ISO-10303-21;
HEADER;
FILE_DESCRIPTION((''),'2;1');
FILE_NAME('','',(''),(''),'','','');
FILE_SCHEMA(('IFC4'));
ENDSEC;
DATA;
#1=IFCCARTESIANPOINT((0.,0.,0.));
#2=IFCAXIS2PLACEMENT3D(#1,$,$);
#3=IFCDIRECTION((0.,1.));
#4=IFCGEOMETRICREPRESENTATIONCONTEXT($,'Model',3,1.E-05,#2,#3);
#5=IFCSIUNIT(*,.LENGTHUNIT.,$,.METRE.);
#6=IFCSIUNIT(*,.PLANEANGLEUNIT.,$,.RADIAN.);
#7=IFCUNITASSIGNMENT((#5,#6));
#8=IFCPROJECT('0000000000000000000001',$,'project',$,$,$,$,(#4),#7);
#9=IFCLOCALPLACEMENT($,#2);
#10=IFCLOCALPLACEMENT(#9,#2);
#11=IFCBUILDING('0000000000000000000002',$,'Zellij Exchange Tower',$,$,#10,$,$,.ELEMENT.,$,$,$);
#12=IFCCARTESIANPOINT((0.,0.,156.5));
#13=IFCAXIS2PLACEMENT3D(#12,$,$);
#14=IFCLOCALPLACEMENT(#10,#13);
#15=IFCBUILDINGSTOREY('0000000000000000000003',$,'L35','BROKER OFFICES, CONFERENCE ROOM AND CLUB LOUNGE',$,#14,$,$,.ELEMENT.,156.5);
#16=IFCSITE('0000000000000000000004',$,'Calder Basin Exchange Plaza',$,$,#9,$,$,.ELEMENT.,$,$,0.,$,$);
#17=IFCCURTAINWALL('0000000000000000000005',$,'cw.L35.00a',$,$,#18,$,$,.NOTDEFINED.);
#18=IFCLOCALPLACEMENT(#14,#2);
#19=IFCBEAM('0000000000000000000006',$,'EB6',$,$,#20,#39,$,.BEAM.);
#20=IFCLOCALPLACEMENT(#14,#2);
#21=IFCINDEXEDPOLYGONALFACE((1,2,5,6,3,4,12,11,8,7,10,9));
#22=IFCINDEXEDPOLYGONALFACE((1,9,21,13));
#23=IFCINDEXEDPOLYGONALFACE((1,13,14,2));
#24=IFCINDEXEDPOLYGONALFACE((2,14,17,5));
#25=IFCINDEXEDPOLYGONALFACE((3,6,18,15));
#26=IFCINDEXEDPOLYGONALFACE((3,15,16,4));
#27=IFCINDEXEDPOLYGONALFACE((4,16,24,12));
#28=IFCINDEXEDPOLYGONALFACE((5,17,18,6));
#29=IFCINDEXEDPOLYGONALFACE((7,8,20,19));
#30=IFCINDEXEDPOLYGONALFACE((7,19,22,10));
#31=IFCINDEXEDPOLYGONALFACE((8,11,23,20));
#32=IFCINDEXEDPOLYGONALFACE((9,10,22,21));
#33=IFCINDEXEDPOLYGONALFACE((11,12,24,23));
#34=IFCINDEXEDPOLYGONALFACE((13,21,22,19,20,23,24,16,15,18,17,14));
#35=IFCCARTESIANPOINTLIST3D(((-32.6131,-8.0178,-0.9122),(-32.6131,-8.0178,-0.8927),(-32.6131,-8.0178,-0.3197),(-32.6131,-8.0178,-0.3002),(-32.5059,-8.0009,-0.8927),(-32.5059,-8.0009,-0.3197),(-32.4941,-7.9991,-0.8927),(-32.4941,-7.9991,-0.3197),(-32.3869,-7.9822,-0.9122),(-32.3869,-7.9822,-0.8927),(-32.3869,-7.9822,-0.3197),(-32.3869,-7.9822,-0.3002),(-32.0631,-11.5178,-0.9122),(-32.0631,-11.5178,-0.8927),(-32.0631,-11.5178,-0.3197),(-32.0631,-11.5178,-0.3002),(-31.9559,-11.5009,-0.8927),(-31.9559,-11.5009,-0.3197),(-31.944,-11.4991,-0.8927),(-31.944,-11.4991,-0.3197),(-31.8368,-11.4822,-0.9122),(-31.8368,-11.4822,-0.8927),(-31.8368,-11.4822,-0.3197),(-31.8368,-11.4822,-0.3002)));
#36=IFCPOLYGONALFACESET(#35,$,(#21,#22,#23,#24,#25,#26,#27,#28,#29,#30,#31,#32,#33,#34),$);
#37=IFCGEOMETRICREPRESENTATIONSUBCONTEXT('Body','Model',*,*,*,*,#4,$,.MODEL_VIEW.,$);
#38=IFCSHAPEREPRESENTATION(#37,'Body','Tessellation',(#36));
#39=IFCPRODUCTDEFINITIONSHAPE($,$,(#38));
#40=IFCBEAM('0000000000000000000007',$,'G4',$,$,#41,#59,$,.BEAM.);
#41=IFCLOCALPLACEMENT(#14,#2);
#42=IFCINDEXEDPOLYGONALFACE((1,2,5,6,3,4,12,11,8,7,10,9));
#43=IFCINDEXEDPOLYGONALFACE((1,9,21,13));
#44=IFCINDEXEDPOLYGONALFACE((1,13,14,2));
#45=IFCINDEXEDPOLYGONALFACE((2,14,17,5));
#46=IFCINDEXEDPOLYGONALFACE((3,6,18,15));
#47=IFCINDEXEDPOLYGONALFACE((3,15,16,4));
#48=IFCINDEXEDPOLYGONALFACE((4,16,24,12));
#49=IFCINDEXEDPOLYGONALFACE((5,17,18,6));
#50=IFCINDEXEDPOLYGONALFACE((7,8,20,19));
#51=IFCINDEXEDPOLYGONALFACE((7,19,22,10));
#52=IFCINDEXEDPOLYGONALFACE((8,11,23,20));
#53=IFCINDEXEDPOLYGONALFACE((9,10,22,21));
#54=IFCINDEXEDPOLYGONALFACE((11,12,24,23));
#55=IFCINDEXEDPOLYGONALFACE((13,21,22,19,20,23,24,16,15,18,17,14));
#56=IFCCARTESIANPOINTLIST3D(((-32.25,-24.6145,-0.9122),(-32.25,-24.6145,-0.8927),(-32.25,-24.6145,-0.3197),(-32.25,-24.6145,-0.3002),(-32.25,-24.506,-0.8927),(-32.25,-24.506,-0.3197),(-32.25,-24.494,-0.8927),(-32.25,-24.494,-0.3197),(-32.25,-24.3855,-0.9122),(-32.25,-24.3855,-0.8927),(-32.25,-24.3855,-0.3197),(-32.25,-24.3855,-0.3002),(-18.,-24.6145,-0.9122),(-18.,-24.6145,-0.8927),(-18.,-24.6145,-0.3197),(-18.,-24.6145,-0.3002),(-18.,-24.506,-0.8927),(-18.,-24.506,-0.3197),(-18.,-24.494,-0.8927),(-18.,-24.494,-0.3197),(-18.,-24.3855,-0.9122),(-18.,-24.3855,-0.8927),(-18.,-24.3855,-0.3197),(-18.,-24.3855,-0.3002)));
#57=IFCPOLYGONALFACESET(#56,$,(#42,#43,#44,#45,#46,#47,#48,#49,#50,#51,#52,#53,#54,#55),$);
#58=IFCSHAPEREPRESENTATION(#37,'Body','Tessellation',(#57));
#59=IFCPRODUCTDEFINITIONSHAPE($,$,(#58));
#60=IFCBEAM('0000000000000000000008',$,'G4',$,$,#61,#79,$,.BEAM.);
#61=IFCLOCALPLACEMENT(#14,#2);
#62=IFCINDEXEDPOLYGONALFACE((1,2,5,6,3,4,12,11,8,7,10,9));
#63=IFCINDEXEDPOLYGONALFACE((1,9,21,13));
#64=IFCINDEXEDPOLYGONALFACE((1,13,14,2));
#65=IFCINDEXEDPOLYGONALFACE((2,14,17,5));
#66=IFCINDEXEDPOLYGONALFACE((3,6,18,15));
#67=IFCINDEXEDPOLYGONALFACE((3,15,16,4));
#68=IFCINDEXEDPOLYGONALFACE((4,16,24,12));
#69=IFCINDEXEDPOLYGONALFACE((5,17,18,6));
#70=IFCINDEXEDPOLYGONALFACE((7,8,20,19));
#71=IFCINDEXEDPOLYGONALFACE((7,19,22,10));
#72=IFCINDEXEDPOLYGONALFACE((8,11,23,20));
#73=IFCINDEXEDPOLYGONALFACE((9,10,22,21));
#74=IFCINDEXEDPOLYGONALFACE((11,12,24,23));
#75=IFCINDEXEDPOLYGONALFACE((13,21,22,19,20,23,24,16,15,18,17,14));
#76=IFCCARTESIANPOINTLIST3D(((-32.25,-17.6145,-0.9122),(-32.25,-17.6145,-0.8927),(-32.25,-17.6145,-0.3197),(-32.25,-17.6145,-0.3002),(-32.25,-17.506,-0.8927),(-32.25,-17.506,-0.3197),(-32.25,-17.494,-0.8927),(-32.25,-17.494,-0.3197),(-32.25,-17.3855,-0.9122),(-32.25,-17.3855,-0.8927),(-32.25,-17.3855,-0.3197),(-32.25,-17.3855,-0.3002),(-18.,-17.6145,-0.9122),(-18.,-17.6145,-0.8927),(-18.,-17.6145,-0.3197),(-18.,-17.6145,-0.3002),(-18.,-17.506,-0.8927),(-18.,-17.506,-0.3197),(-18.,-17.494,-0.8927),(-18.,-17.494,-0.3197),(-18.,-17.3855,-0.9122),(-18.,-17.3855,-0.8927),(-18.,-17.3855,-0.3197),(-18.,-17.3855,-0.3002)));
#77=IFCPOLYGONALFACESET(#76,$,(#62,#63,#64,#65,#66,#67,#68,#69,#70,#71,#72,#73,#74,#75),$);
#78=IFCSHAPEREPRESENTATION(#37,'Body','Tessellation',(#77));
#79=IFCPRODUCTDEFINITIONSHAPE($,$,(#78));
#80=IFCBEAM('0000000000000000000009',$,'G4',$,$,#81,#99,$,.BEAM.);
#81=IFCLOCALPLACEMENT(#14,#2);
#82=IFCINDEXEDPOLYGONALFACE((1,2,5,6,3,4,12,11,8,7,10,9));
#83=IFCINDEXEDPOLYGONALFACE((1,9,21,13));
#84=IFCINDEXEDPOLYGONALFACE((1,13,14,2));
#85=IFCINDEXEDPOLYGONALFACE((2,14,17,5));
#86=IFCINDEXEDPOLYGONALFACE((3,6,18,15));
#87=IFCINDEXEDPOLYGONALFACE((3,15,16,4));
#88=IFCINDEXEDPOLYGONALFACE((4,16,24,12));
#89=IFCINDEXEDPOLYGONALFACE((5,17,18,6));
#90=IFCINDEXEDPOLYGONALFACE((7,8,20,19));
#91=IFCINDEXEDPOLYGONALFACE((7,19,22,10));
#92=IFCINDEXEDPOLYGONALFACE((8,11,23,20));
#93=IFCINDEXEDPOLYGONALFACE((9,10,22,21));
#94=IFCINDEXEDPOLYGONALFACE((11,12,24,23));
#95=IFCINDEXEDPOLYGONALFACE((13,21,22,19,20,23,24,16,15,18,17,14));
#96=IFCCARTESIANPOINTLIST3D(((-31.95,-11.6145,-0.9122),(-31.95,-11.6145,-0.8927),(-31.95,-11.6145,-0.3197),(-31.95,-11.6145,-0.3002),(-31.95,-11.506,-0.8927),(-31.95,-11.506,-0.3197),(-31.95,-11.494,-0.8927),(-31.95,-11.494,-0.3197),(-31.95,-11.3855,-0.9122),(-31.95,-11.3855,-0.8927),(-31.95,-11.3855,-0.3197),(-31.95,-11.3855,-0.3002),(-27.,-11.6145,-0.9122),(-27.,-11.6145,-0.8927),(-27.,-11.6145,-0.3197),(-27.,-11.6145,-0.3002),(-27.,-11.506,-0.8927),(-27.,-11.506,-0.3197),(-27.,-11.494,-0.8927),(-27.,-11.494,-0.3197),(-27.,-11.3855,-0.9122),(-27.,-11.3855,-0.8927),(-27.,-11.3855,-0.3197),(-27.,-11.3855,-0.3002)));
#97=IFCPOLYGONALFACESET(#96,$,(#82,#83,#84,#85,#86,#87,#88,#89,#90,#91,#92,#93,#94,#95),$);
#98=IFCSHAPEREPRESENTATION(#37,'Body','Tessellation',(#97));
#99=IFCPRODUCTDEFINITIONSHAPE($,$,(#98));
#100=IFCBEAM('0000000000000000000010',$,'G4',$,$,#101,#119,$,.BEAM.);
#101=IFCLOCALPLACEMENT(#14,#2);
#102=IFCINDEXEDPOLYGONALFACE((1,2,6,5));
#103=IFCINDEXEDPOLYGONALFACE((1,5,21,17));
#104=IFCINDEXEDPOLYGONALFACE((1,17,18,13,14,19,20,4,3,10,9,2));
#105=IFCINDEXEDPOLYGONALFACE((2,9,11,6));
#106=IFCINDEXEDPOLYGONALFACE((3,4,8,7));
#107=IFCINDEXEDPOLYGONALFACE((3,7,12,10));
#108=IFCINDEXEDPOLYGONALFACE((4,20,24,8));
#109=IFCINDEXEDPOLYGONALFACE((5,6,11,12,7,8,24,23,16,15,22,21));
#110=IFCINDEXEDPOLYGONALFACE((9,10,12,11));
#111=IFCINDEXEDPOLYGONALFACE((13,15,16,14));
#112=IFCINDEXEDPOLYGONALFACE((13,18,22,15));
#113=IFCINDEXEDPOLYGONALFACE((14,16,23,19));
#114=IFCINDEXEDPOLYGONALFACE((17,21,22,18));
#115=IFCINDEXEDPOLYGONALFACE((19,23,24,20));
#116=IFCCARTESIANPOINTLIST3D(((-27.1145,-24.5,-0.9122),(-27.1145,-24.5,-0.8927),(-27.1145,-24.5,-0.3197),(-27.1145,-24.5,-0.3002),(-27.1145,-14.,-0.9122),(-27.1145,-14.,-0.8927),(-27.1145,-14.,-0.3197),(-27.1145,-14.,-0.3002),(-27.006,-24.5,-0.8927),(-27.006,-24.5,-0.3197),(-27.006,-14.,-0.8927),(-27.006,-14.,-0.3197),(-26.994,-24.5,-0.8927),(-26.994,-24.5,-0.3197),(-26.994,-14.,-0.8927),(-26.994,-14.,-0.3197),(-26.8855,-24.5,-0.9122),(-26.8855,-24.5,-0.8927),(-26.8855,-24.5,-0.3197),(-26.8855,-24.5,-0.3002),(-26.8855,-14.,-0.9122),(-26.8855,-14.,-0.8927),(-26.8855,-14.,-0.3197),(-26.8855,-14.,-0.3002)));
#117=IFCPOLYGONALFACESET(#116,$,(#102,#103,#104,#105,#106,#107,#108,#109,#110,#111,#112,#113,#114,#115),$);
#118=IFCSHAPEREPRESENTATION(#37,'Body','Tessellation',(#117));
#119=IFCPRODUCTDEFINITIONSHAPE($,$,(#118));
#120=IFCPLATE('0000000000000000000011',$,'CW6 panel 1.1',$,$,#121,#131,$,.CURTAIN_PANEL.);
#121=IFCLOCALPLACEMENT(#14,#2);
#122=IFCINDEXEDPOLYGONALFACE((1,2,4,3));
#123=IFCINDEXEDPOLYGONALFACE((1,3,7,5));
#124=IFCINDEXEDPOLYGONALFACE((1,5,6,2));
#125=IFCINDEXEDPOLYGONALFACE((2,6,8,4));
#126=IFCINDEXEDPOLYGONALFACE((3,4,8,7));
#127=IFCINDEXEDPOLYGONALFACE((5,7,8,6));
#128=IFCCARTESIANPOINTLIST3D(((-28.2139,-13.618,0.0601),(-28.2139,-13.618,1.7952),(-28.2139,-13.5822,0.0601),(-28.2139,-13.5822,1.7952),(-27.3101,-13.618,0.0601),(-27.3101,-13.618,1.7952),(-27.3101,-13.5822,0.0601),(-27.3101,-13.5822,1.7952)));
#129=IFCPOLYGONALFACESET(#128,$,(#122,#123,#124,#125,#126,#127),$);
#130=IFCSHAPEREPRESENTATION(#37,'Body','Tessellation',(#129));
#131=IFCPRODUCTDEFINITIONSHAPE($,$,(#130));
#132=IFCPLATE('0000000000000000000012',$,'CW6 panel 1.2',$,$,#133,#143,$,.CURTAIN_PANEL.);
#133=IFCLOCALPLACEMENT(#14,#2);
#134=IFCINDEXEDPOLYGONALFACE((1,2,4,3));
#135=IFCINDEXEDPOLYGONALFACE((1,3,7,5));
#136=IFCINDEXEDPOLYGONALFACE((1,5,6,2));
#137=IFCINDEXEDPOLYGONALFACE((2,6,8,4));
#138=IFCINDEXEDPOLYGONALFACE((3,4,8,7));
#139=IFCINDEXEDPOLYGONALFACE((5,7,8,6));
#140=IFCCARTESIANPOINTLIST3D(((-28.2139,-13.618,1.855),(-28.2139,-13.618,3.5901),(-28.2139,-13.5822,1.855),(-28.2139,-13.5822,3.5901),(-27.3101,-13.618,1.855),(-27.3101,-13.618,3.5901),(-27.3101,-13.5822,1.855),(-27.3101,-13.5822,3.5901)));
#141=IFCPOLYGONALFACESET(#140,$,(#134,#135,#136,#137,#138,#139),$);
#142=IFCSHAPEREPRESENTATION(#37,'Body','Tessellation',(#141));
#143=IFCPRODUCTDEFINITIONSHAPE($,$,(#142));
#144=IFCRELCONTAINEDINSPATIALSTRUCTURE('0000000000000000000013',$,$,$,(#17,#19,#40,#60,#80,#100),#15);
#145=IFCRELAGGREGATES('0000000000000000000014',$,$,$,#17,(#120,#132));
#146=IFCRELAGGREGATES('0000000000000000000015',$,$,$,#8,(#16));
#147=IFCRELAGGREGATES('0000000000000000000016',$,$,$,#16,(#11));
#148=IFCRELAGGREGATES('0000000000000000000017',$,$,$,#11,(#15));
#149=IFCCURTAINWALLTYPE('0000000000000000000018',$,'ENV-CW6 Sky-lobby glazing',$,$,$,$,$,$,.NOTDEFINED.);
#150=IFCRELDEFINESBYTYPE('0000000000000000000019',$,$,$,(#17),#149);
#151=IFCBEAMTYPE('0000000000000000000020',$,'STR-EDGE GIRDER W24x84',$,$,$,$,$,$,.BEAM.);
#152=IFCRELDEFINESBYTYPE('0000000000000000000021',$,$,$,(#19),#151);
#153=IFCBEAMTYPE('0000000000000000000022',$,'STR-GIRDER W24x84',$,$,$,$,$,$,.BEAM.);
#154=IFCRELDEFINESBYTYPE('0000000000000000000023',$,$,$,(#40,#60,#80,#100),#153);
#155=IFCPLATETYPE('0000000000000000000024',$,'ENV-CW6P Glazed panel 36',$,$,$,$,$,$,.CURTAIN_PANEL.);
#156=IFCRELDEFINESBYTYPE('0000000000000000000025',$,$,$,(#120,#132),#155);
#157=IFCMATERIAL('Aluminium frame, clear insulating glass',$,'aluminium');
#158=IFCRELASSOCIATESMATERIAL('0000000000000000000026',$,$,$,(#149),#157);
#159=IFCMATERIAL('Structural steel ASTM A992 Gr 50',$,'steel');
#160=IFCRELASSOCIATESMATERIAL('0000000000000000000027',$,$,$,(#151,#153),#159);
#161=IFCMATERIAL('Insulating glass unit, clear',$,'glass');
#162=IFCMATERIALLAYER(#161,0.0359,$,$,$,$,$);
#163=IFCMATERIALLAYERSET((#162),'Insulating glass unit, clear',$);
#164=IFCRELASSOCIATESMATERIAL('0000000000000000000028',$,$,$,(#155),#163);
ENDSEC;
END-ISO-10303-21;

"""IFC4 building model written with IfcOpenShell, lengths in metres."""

from ifc_helpers import new_model, si_unit, direction, frame, origin, origin_2d, place, context, subcontext, project, spatial, rectangle, i_section, extrude, material, layer, layer_set, material_profile, profile_set, type_object, element, aggregate, save


model = new_model("IFC4")

# Units and contexts
model_context = context("Model", 3, precision=1e-05, world=origin(), true_north=direction((0.0, 1.0)))
body_context = subcontext(model_context, "Body", "Model", "MODEL_VIEW")
ifc_project = project(units=[si_unit("LENGTHUNIT", "METRE"), si_unit("PLANEANGLEUNIT", "RADIAN")], contexts=[model_context])

# Site, building, storey
site_placement = place(None, origin())
site = spatial("IfcSite", under=ifc_project, at=site_placement, Name="Calder Basin Exchange Plaza", CompositionType="ELEMENT", RefElevation=0.0)
building_placement = place(site_placement, origin())
building = spatial("IfcBuilding", under=site, at=building_placement, Name="Zellij Exchange Tower", CompositionType="ELEMENT")
storey_placement = place(building_placement, frame((0.0, 0.0, 156.5)))
storey = spatial("IfcBuildingStorey", under=building, at=storey_placement, Name="L35", Description="BROKER OFFICES, CONFERENCE ROOM AND CLUB LOUNGE", CompositionType="ELEMENT", Elevation=156.5)

# Curtain wall
ifc_material_1 = material(Name="Aluminium frame, clear insulating glass", Category="aluminium")
curtain_wall_type = type_object("IfcCurtainWallType", Name="ENV-CW6 Sky-lobby glazing", PredefinedType="NOTDEFINED", material=ifc_material_1)
curtain_wall_placement = place(storey_placement, origin())
curtain_wall = element("IfcCurtainWall", 1, at=curtain_wall_placement, inside=storey, type_object=curtain_wall_type, Name="cw.L35.00a", PredefinedType="NOTDEFINED")

# Beams
ifc_material_2 = material(Name="Structural steel ASTM A992 Gr 50", Category="steel")
ifc_material_profile_1 = material_profile(ifc_material_2, i_section(OverallWidth=0.229, OverallDepth=0.6121, WebThickness=0.012, FlangeThickness=0.0195, at=origin_2d()), Name="W24x84")
ifc_profile_set_1 = profile_set([ifc_material_profile_1], Name="Structural steel ASTM A992 Gr 50")
beam_type_1 = type_object("IfcBeamType", Name="STR-EDGE GIRDER W24x84", PredefinedType="BEAM", material=ifc_profile_set_1)
beam_1_placement = place(storey_placement, frame((-31.95, -11.5, -0.6062), z_axis=(-0.155251, 0.987875, 0.0), x_axis=(-0.987875, -0.155251, 0.0)))
element("IfcBeam", 2, at=beam_1_placement, inside=storey, type_object=beam_type_1, Name="EB6", PredefinedType="BEAM", context=body_context, shape_type="SweptSolid", body=[
    extrude(i_section(OverallWidth=0.229, OverallDepth=0.6121, WebThickness=0.012, FlangeThickness=0.0195, at=origin_2d()), origin(), (0.0, 0.0, 1.0), 3.543),
])
ifc_material_profile_2 = material_profile(ifc_material_2, i_section(OverallWidth=0.229, OverallDepth=0.6121, WebThickness=0.012, FlangeThickness=0.0195, at=origin_2d()), Name="W24x84")
ifc_profile_set_2 = profile_set([ifc_material_profile_2], Name="Structural steel ASTM A992 Gr 50")
beam_type_2 = type_object("IfcBeamType", Name="STR-GIRDER W24x84", PredefinedType="BEAM", material=ifc_profile_set_2)
for number, where, z_axis, x_axis, name in (
    (3, (-32.25, -24.5, -0.6062), (1.0, 0.0, 0.0), (0.0, 1.0, 0.0), "G4"),
    (4, (-32.25, -17.5, -0.6062), (1.0, 0.0, 0.0), (0.0, 1.0, 0.0), "G4"),
):
    element("IfcBeam", number, at=place(storey_placement, frame(where, z_axis=z_axis, x_axis=x_axis)), inside=storey, type_object=beam_type_2, Name=name, PredefinedType="BEAM", context=body_context, shape_type="SweptSolid", body=[
        extrude(i_section(OverallWidth=0.229, OverallDepth=0.6121, WebThickness=0.012, FlangeThickness=0.0195, at=origin_2d()), origin(), (0.0, 0.0, 1.0), 14.25),
    ])
beam_2_placement = place(storey_placement, frame((-31.95, -11.5, -0.6062), z_axis=(1.0, 0.0, 0.0), x_axis=(0.0, 1.0, 0.0)))
element("IfcBeam", 5, at=beam_2_placement, inside=storey, type_object=beam_type_2, Name="G4", PredefinedType="BEAM", context=body_context, shape_type="SweptSolid", body=[
    extrude(i_section(OverallWidth=0.229, OverallDepth=0.6121, WebThickness=0.012, FlangeThickness=0.0195, at=origin_2d()), origin(), (0.0, 0.0, 1.0), 4.95),
])
beam_3_placement = place(storey_placement, frame((-27.0, -24.5, -0.6062), z_axis=(0.0, 1.0, 0.0), x_axis=(-1.0, 0.0, 0.0)))
element("IfcBeam", 6, at=beam_3_placement, inside=storey, type_object=beam_type_2, Name="G4", PredefinedType="BEAM", context=body_context, shape_type="SweptSolid", body=[
    extrude(i_section(OverallWidth=0.229, OverallDepth=0.6121, WebThickness=0.012, FlangeThickness=0.0195, at=origin_2d()), origin(), (0.0, 0.0, 1.0), 10.5),
])

# Plates
ifc_material_3 = material(Name="Insulating glass unit, clear", Category="glass")
ifc_layer_1 = layer(ifc_material_3, 0.0359)
ifc_layer_set_1 = layer_set([ifc_layer_1], Name="Insulating glass unit, clear")
plate_type = type_object("IfcPlateType", Name="ENV-CW6P Glazed panel 36", PredefinedType="CURTAIN_PANEL", material=ifc_layer_set_1)
plate_1_placement = place(storey_placement, frame((-27.762, -13.6001, 0.0601), z_axis=(0.0, 0.0, 1.0), x_axis=(1.0, 0.0, 0.0)))
plate_1 = element("IfcPlate", 7, at=plate_1_placement, type_object=plate_type, Name="CW6 panel 1.1", PredefinedType="CURTAIN_PANEL", context=body_context, shape_type="SweptSolid", body=[
    extrude(rectangle(XDim=0.9038, YDim=0.0359, at=origin_2d()), origin(), (0.0, 0.0, 1.0), 1.7351),
])
plate_2_placement = place(storey_placement, frame((-27.762, -13.6001, 1.855), z_axis=(0.0, 0.0, 1.0), x_axis=(1.0, 0.0, 0.0)))
plate_2 = element("IfcPlate", 8, at=plate_2_placement, type_object=plate_type, Name="CW6 panel 1.2", PredefinedType="CURTAIN_PANEL", context=body_context, shape_type="SweptSolid", body=[
    extrude(rectangle(XDim=0.9038, YDim=0.0359, at=origin_2d()), origin(), (0.0, 0.0, 1.0), 1.7351),
])
aggregate(curtain_wall, [plate_1, plate_2])

save(model, "model.ifc")
